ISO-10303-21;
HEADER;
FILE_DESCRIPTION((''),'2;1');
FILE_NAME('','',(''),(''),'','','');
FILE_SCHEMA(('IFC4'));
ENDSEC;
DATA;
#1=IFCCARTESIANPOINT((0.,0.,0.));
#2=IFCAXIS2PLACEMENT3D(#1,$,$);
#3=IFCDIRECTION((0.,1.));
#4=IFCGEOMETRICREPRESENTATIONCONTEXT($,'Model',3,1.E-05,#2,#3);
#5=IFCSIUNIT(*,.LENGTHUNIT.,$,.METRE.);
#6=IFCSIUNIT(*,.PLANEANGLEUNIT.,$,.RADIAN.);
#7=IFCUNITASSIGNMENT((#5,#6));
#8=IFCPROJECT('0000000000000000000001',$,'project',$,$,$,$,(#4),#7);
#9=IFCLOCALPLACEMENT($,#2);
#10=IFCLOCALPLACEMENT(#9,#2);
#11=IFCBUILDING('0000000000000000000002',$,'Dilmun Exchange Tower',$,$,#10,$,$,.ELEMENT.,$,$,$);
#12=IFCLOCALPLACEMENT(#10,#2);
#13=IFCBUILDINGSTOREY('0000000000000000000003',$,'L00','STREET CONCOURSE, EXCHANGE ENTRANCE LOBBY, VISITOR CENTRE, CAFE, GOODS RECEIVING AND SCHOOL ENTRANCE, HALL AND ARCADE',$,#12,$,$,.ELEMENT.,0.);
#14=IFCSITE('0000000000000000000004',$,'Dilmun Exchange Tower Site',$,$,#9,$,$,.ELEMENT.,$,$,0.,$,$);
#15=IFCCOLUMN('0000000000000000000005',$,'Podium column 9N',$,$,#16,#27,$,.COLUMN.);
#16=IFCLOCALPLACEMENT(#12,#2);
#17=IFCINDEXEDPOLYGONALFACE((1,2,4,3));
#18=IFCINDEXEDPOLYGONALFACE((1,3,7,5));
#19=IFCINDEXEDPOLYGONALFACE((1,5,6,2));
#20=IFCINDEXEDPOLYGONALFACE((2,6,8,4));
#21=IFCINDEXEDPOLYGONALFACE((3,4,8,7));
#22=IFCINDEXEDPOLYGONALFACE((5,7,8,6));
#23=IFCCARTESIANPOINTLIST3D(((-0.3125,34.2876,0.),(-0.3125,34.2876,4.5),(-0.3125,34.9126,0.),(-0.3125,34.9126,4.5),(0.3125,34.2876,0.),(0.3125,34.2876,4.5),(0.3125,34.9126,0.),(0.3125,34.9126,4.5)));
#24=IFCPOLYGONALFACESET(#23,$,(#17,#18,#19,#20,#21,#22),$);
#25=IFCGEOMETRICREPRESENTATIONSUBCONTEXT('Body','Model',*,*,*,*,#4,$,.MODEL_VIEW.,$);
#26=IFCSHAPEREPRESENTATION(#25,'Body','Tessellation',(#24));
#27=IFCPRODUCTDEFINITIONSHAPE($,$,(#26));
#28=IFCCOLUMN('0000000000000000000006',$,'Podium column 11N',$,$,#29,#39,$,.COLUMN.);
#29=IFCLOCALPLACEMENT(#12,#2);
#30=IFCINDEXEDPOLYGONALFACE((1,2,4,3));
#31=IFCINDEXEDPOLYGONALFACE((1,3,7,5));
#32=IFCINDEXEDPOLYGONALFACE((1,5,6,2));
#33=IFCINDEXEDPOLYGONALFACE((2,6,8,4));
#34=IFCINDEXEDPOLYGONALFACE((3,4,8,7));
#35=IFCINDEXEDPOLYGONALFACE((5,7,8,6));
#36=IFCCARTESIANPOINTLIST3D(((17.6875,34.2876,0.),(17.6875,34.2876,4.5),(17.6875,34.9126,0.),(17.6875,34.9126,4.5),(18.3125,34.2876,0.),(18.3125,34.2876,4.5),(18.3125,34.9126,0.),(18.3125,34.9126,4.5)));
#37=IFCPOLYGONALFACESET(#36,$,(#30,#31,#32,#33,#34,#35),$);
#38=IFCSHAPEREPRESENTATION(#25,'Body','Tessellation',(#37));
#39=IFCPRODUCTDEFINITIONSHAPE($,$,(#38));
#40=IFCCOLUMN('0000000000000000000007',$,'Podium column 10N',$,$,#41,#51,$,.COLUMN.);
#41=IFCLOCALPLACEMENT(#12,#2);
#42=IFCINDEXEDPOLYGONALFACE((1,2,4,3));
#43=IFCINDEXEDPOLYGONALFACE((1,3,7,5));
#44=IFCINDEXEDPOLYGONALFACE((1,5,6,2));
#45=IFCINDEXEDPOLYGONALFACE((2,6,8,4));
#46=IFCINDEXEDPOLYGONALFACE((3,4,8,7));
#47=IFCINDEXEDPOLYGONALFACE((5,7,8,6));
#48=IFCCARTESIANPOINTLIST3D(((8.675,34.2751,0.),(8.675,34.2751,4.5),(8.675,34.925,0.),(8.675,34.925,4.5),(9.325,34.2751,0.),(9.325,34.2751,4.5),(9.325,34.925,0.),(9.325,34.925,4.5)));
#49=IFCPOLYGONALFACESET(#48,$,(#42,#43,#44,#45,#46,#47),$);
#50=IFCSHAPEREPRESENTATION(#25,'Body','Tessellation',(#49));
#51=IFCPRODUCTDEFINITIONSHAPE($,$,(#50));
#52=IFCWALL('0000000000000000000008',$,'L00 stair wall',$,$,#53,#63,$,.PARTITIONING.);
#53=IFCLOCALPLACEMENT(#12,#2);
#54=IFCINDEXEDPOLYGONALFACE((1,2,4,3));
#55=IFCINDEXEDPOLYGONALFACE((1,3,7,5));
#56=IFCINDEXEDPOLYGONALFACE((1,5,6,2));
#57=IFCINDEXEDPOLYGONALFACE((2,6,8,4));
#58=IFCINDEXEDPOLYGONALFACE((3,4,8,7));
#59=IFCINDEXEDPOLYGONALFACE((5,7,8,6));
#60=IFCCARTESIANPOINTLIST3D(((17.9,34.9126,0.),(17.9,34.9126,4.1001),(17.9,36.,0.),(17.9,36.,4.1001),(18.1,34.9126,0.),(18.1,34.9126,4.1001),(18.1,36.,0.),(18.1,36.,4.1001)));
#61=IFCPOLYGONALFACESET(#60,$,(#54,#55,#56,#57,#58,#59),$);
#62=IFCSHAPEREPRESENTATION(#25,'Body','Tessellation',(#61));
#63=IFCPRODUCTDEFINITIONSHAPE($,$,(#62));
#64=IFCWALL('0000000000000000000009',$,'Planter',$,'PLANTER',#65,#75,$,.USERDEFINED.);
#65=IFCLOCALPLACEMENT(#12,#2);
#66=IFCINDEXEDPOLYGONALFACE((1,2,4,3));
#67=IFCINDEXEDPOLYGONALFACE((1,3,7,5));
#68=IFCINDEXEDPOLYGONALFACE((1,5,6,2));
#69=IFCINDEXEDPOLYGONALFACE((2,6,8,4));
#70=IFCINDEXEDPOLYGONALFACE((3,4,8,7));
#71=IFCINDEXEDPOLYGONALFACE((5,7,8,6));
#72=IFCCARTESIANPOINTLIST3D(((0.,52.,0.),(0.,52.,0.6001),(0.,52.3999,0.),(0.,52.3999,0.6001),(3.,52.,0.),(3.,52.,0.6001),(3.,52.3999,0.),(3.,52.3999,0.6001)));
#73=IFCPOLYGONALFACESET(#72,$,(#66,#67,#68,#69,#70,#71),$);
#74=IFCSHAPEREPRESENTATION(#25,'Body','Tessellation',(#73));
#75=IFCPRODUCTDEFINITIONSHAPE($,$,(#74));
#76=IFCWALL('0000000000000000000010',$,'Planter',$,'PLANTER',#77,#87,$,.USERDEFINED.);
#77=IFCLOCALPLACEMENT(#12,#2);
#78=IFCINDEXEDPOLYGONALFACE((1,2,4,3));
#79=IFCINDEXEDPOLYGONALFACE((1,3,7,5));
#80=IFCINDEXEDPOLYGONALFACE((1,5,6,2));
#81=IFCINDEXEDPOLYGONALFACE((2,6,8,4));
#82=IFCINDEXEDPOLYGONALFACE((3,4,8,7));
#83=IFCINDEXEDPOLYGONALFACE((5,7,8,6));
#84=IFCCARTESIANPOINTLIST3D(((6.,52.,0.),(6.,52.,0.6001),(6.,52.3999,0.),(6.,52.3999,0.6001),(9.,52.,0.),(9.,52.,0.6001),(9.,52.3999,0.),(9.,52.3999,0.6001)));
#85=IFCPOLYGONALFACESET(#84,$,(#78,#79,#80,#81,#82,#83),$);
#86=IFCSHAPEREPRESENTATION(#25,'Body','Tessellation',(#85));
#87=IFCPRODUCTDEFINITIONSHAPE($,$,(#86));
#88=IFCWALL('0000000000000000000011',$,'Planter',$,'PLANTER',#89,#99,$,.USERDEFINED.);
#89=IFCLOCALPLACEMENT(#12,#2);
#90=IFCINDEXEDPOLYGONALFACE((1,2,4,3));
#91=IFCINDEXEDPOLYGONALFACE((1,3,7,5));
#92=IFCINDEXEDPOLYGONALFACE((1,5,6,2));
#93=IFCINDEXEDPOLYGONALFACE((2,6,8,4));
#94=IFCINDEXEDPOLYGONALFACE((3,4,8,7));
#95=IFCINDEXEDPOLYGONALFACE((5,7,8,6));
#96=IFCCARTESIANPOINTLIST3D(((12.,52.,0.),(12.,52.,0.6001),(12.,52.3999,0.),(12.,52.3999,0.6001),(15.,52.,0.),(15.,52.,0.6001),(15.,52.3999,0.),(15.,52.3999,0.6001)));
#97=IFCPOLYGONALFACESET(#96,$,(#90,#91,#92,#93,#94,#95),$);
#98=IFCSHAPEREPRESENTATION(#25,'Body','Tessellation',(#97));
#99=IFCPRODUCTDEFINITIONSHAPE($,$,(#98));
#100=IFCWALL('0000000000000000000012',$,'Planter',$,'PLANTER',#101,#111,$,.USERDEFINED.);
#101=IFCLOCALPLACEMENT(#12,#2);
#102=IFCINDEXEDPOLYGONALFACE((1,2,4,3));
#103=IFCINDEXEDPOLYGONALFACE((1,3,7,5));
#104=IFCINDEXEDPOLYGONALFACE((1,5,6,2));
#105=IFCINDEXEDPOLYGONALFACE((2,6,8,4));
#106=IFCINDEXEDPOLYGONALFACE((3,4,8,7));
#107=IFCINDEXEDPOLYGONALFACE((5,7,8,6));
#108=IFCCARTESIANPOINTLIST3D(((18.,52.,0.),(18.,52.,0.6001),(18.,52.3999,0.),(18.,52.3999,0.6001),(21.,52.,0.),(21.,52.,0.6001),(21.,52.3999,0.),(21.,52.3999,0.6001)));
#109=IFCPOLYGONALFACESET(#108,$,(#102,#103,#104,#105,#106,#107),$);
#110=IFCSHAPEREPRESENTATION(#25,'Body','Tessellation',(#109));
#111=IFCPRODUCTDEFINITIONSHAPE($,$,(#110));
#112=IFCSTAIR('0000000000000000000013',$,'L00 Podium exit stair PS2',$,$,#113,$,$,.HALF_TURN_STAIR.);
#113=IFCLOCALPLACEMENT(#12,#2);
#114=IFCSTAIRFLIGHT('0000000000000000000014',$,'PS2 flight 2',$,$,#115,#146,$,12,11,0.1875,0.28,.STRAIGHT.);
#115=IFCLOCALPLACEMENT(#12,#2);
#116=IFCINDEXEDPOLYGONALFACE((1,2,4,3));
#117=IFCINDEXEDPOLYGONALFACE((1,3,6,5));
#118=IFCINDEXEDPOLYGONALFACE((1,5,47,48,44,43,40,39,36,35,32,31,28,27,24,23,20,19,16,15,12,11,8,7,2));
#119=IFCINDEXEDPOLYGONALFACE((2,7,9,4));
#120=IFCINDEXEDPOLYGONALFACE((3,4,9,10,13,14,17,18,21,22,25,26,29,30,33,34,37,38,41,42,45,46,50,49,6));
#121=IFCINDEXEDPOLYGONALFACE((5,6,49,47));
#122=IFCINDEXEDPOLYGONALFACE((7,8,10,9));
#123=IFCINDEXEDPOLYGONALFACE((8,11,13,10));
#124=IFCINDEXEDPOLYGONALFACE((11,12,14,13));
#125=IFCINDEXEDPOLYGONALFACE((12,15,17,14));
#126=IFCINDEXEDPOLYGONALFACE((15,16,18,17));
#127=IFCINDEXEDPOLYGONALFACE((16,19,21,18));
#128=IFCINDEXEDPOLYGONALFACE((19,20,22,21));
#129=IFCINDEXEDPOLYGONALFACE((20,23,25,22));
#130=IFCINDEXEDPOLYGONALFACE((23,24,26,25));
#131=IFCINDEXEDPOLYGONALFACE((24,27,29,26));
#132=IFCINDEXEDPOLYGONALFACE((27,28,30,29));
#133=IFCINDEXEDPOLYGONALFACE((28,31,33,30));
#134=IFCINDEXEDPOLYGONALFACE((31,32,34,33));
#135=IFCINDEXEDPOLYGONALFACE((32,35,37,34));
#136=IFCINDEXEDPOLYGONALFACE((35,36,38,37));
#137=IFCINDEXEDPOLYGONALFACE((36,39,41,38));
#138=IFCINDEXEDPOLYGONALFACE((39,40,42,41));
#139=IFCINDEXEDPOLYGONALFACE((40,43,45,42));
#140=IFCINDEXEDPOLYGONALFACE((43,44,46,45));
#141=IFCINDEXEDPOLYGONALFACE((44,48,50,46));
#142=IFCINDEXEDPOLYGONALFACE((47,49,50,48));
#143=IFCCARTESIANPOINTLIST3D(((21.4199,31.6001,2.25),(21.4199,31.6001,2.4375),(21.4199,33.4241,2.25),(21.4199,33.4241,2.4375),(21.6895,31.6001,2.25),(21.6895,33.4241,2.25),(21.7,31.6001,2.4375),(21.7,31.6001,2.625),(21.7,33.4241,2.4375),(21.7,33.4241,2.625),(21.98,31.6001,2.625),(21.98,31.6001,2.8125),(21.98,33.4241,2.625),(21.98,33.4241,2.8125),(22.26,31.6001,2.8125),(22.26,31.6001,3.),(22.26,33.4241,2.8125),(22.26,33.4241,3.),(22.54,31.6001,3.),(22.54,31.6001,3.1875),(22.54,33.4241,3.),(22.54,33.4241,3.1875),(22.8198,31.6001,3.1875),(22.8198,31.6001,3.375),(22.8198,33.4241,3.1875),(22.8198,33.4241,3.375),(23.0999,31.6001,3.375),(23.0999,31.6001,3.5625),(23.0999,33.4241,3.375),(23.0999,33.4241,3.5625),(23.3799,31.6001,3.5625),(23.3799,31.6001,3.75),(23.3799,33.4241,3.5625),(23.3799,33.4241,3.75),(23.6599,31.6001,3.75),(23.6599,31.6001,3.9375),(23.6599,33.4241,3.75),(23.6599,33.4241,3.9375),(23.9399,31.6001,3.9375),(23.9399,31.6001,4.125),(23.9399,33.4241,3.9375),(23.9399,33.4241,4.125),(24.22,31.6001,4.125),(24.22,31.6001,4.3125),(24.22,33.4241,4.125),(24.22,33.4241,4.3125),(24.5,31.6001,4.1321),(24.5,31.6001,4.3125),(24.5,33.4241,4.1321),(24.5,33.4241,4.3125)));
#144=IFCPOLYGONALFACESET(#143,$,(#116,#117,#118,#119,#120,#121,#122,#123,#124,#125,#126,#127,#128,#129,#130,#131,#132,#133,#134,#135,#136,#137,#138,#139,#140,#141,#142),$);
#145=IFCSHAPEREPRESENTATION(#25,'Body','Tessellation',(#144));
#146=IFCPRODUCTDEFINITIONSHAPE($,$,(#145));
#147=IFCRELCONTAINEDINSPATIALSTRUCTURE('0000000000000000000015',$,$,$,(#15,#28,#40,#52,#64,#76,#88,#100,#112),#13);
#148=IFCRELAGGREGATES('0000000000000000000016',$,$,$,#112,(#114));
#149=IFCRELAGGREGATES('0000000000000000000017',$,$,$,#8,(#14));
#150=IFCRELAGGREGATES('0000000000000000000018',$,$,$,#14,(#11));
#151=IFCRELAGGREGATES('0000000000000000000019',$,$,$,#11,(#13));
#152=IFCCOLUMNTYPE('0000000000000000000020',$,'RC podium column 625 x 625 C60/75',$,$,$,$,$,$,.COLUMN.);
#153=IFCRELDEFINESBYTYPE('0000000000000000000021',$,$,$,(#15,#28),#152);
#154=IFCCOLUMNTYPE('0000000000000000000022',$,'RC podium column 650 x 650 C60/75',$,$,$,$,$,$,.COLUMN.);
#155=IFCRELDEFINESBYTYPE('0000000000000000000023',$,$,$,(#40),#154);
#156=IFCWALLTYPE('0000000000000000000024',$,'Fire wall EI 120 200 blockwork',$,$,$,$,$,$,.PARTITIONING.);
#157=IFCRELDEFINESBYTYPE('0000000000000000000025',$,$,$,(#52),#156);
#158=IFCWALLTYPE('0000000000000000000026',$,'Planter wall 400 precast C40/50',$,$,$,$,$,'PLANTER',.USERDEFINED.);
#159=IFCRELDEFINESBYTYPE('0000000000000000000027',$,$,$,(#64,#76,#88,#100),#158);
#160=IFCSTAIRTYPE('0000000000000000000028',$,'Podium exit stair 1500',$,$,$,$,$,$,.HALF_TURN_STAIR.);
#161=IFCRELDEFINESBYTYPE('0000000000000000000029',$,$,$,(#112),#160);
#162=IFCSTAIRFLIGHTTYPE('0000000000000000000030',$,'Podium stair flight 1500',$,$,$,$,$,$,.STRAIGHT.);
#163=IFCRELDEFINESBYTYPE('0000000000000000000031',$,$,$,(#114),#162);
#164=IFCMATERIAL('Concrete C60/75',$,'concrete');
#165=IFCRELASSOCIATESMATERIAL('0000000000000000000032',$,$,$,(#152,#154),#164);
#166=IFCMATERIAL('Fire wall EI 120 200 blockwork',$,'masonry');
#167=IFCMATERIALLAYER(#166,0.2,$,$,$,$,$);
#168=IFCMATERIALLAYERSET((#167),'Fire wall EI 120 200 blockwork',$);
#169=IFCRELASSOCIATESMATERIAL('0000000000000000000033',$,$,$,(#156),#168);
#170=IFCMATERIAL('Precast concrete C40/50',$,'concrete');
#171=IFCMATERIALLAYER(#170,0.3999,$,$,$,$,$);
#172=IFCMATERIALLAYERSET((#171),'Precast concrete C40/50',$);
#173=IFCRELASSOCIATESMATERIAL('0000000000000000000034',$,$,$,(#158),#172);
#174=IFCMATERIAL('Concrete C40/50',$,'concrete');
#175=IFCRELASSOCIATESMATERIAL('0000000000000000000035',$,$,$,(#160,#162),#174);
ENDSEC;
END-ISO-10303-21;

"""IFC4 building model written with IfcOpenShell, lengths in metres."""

from ifc_helpers import new_model, si_unit, direction, frame, frame_2d, origin, origin_2d, place, context, subcontext, project, spatial, polyline, rectangle, outline, extrude, material, layer, layer_set, material_profile, profile_set, type_object, element, aggregate, save


model = new_model("IFC4")

# Units and contexts
model_context = context("Model", 3, precision=1e-05, world=origin(), true_north=direction((0.0, 1.0)))
body_context = subcontext(model_context, "Body", "Model", "MODEL_VIEW")
ifc_project = project(units=[si_unit("LENGTHUNIT", "METRE"), si_unit("PLANEANGLEUNIT", "RADIAN")], contexts=[model_context])

# Site, building, storey
site_placement = place(None, origin())
site = spatial("IfcSite", under=ifc_project, at=site_placement, Name="Dilmun Exchange Tower Site", CompositionType="ELEMENT", RefElevation=0.0)
building_placement = place(site_placement, origin())
building = spatial("IfcBuilding", under=site, at=building_placement, Name="Dilmun Exchange Tower", CompositionType="ELEMENT")
storey_placement = place(building_placement, origin())
storey = spatial("IfcBuildingStorey", under=building, at=storey_placement, Name="L00", Description="STREET CONCOURSE, EXCHANGE ENTRANCE LOBBY, VISITOR CENTRE, CAFE, GOODS RECEIVING AND SCHOOL ENTRANCE, HALL AND ARCADE", CompositionType="ELEMENT", Elevation=0.0)

# Columns
ifc_material_1 = material(Name="Concrete C60/75", Category="concrete")
ifc_material_profile_1 = material_profile(ifc_material_1, rectangle(XDim=0.625, YDim=0.625, at=origin_2d()), Name="625 x 625")
ifc_profile_set_1 = profile_set([ifc_material_profile_1], Name="Concrete C60/75")
column_type_1 = type_object("IfcColumnType", Name="RC podium column 625 x 625 C60/75", PredefinedType="COLUMN", material=ifc_profile_set_1)
for number, where, z_axis, x_axis, name in (
    (1, (0.0, 34.6001, 0.0), (0.0, 0.0, 1.0), (1.0, 0.0, 0.0), "Podium column 9N"),
    (2, (18.0, 34.6001, 0.0), (0.0, 0.0, 1.0), (1.0, 0.0, 0.0), "Podium column 11N"),
):
    element("IfcColumn", number, at=place(storey_placement, frame(where, z_axis=z_axis, x_axis=x_axis)), inside=storey, type_object=column_type_1, Name=name, PredefinedType="COLUMN", context=body_context, shape_type="SweptSolid", body=[
        extrude(rectangle(XDim=0.625, YDim=0.625, at=origin_2d()), origin(), (0.0, 0.0, 1.0), 4.5),
    ])
ifc_material_profile_2 = material_profile(ifc_material_1, rectangle(XDim=0.6499, YDim=0.6499, at=origin_2d()), Name="650 x 650")
ifc_profile_set_2 = profile_set([ifc_material_profile_2], Name="Concrete C60/75")
column_type_2 = type_object("IfcColumnType", Name="RC podium column 650 x 650 C60/75", PredefinedType="COLUMN", material=ifc_profile_set_2)
column_placement = place(storey_placement, frame((9.0, 34.6001, 0.0), z_axis=(0.0, 0.0, 1.0), x_axis=(1.0, 0.0, 0.0)))
element("IfcColumn", 3, at=column_placement, inside=storey, type_object=column_type_2, Name="Podium column 10N", PredefinedType="COLUMN", context=body_context, shape_type="SweptSolid", body=[
    extrude(rectangle(XDim=0.6499, YDim=0.6499, at=origin_2d()), origin(), (0.0, 0.0, 1.0), 4.5),
])

# Walls
ifc_material_2 = material(Name="Fire wall EI 120 200 blockwork", Category="masonry")
ifc_layer_1 = layer(ifc_material_2, 0.2)
ifc_layer_set_1 = layer_set([ifc_layer_1], Name="Fire wall EI 120 200 blockwork")
wall_type_1 = type_object("IfcWallType", Name="Fire wall EI 120 200 blockwork", PredefinedType="PARTITIONING", material=ifc_layer_set_1)
wall_placement = place(storey_placement, frame((18.0, 34.9126, 0.0), z_axis=(0.0, 0.0, 1.0), x_axis=(0.0, 1.0, 0.0)))
element("IfcWall", 4, at=wall_placement, inside=storey, type_object=wall_type_1, Name="L00 stair wall", PredefinedType="PARTITIONING", context=body_context, shape_type="SweptSolid", body=[
    extrude(rectangle(XDim=1.0874, YDim=0.2, at=frame_2d((0.5437, 0.0))), origin(), (0.0, 0.0, 1.0), 4.1001),
])
ifc_material_3 = material(Name="Precast concrete C40/50", Category="concrete")
ifc_layer_2 = layer(ifc_material_3, 0.3999)
ifc_layer_set_2 = layer_set([ifc_layer_2], Name="Precast concrete C40/50")
wall_type_2 = type_object("IfcWallType", Name="Planter wall 400 precast C40/50", ElementType="PLANTER", PredefinedType="USERDEFINED", material=ifc_layer_set_2)
for number, where, z_axis, x_axis, name in (
    (5, (0.0, 52.2, 0.0), (0.0, 0.0, 1.0), (1.0, 0.0, 0.0), "Planter"),
    (6, (6.0, 52.2, 0.0), (0.0, 0.0, 1.0), (1.0, 0.0, 0.0), "Planter"),
    (7, (12.0, 52.2, 0.0), (0.0, 0.0, 1.0), (1.0, 0.0, 0.0), "Planter"),
    (8, (18.0, 52.2, 0.0), (0.0, 0.0, 1.0), (1.0, 0.0, 0.0), "Planter"),
):
    element("IfcWall", number, at=place(storey_placement, frame(where, z_axis=z_axis, x_axis=x_axis)), inside=storey, type_object=wall_type_2, Name=name, ObjectType="PLANTER", PredefinedType="USERDEFINED", context=body_context, shape_type="SweptSolid", body=[
        extrude(rectangle(XDim=3.0, YDim=0.3999, at=frame_2d((1.5, 0.0))), origin(), (0.0, 0.0, 1.0), 0.6001),
    ])

# Stair, stair flight
ifc_material_4 = material(Name="Concrete C40/50", Category="concrete")
stair_type = type_object("IfcStairType", Name="Podium exit stair 1500", PredefinedType="HALF_TURN_STAIR", material=ifc_material_4)
stair_placement = place(storey_placement, origin())
stair = element("IfcStair", 9, at=stair_placement, inside=storey, type_object=stair_type, Name="L00 Podium exit stair PS2", PredefinedType="HALF_TURN_STAIR")
stair_flight_type = type_object("IfcStairFlightType", Name="Podium stair flight 1500", PredefinedType="STRAIGHT", material=ifc_material_4)
stair_flight_placement = place(storey_placement, frame((21.4199, 32.512, 2.25), z_axis=(0.0, 0.0, 1.0), x_axis=(1.0, 0.0, 0.0)))
stair_flight = element("IfcStairFlight", 10, at=stair_flight_placement, type_object=stair_flight_type, Name="PS2 flight 2", NumberOfRisers=12, NumberOfTreads=11, PredefinedType="STRAIGHT", RiserHeight=0.1875, TreadLength=0.28, context=body_context, shape_type="SweptSolid", body=[
    extrude(outline(polyline([(0.0, 0.0), (0.0, 0.1875), (0.28, 0.1875), (0.28, 0.375), (0.5601, 0.375), (0.5601, 0.5625), (0.8401, 0.5625), (0.8401, 0.75), (1.1201, 0.75), (1.1201, 0.9375), (1.3999, 0.9375), (1.3999, 1.125), (1.6799, 1.125), (1.6799, 1.3125), (1.96, 1.3125), (1.96, 1.5), (2.24, 1.5), (2.24, 1.6875), (2.52, 1.6875), (2.52, 1.875), (2.8, 1.875), (2.8, 2.0625), (3.0801, 2.0625), (3.0801, 2.25), (3.0801, 1.8821), (0.2695, 0.0), (0.0, 0.0)])), frame((0.0, 0.9121, 0.0), z_axis=(0.0, -1.0, 0.0), x_axis=(1.0, 0.0, 0.0)), (0.0, 0.0, 1.0), 1.824),
])
aggregate(stair, [stair_flight])

save(model, "model.ifc")
